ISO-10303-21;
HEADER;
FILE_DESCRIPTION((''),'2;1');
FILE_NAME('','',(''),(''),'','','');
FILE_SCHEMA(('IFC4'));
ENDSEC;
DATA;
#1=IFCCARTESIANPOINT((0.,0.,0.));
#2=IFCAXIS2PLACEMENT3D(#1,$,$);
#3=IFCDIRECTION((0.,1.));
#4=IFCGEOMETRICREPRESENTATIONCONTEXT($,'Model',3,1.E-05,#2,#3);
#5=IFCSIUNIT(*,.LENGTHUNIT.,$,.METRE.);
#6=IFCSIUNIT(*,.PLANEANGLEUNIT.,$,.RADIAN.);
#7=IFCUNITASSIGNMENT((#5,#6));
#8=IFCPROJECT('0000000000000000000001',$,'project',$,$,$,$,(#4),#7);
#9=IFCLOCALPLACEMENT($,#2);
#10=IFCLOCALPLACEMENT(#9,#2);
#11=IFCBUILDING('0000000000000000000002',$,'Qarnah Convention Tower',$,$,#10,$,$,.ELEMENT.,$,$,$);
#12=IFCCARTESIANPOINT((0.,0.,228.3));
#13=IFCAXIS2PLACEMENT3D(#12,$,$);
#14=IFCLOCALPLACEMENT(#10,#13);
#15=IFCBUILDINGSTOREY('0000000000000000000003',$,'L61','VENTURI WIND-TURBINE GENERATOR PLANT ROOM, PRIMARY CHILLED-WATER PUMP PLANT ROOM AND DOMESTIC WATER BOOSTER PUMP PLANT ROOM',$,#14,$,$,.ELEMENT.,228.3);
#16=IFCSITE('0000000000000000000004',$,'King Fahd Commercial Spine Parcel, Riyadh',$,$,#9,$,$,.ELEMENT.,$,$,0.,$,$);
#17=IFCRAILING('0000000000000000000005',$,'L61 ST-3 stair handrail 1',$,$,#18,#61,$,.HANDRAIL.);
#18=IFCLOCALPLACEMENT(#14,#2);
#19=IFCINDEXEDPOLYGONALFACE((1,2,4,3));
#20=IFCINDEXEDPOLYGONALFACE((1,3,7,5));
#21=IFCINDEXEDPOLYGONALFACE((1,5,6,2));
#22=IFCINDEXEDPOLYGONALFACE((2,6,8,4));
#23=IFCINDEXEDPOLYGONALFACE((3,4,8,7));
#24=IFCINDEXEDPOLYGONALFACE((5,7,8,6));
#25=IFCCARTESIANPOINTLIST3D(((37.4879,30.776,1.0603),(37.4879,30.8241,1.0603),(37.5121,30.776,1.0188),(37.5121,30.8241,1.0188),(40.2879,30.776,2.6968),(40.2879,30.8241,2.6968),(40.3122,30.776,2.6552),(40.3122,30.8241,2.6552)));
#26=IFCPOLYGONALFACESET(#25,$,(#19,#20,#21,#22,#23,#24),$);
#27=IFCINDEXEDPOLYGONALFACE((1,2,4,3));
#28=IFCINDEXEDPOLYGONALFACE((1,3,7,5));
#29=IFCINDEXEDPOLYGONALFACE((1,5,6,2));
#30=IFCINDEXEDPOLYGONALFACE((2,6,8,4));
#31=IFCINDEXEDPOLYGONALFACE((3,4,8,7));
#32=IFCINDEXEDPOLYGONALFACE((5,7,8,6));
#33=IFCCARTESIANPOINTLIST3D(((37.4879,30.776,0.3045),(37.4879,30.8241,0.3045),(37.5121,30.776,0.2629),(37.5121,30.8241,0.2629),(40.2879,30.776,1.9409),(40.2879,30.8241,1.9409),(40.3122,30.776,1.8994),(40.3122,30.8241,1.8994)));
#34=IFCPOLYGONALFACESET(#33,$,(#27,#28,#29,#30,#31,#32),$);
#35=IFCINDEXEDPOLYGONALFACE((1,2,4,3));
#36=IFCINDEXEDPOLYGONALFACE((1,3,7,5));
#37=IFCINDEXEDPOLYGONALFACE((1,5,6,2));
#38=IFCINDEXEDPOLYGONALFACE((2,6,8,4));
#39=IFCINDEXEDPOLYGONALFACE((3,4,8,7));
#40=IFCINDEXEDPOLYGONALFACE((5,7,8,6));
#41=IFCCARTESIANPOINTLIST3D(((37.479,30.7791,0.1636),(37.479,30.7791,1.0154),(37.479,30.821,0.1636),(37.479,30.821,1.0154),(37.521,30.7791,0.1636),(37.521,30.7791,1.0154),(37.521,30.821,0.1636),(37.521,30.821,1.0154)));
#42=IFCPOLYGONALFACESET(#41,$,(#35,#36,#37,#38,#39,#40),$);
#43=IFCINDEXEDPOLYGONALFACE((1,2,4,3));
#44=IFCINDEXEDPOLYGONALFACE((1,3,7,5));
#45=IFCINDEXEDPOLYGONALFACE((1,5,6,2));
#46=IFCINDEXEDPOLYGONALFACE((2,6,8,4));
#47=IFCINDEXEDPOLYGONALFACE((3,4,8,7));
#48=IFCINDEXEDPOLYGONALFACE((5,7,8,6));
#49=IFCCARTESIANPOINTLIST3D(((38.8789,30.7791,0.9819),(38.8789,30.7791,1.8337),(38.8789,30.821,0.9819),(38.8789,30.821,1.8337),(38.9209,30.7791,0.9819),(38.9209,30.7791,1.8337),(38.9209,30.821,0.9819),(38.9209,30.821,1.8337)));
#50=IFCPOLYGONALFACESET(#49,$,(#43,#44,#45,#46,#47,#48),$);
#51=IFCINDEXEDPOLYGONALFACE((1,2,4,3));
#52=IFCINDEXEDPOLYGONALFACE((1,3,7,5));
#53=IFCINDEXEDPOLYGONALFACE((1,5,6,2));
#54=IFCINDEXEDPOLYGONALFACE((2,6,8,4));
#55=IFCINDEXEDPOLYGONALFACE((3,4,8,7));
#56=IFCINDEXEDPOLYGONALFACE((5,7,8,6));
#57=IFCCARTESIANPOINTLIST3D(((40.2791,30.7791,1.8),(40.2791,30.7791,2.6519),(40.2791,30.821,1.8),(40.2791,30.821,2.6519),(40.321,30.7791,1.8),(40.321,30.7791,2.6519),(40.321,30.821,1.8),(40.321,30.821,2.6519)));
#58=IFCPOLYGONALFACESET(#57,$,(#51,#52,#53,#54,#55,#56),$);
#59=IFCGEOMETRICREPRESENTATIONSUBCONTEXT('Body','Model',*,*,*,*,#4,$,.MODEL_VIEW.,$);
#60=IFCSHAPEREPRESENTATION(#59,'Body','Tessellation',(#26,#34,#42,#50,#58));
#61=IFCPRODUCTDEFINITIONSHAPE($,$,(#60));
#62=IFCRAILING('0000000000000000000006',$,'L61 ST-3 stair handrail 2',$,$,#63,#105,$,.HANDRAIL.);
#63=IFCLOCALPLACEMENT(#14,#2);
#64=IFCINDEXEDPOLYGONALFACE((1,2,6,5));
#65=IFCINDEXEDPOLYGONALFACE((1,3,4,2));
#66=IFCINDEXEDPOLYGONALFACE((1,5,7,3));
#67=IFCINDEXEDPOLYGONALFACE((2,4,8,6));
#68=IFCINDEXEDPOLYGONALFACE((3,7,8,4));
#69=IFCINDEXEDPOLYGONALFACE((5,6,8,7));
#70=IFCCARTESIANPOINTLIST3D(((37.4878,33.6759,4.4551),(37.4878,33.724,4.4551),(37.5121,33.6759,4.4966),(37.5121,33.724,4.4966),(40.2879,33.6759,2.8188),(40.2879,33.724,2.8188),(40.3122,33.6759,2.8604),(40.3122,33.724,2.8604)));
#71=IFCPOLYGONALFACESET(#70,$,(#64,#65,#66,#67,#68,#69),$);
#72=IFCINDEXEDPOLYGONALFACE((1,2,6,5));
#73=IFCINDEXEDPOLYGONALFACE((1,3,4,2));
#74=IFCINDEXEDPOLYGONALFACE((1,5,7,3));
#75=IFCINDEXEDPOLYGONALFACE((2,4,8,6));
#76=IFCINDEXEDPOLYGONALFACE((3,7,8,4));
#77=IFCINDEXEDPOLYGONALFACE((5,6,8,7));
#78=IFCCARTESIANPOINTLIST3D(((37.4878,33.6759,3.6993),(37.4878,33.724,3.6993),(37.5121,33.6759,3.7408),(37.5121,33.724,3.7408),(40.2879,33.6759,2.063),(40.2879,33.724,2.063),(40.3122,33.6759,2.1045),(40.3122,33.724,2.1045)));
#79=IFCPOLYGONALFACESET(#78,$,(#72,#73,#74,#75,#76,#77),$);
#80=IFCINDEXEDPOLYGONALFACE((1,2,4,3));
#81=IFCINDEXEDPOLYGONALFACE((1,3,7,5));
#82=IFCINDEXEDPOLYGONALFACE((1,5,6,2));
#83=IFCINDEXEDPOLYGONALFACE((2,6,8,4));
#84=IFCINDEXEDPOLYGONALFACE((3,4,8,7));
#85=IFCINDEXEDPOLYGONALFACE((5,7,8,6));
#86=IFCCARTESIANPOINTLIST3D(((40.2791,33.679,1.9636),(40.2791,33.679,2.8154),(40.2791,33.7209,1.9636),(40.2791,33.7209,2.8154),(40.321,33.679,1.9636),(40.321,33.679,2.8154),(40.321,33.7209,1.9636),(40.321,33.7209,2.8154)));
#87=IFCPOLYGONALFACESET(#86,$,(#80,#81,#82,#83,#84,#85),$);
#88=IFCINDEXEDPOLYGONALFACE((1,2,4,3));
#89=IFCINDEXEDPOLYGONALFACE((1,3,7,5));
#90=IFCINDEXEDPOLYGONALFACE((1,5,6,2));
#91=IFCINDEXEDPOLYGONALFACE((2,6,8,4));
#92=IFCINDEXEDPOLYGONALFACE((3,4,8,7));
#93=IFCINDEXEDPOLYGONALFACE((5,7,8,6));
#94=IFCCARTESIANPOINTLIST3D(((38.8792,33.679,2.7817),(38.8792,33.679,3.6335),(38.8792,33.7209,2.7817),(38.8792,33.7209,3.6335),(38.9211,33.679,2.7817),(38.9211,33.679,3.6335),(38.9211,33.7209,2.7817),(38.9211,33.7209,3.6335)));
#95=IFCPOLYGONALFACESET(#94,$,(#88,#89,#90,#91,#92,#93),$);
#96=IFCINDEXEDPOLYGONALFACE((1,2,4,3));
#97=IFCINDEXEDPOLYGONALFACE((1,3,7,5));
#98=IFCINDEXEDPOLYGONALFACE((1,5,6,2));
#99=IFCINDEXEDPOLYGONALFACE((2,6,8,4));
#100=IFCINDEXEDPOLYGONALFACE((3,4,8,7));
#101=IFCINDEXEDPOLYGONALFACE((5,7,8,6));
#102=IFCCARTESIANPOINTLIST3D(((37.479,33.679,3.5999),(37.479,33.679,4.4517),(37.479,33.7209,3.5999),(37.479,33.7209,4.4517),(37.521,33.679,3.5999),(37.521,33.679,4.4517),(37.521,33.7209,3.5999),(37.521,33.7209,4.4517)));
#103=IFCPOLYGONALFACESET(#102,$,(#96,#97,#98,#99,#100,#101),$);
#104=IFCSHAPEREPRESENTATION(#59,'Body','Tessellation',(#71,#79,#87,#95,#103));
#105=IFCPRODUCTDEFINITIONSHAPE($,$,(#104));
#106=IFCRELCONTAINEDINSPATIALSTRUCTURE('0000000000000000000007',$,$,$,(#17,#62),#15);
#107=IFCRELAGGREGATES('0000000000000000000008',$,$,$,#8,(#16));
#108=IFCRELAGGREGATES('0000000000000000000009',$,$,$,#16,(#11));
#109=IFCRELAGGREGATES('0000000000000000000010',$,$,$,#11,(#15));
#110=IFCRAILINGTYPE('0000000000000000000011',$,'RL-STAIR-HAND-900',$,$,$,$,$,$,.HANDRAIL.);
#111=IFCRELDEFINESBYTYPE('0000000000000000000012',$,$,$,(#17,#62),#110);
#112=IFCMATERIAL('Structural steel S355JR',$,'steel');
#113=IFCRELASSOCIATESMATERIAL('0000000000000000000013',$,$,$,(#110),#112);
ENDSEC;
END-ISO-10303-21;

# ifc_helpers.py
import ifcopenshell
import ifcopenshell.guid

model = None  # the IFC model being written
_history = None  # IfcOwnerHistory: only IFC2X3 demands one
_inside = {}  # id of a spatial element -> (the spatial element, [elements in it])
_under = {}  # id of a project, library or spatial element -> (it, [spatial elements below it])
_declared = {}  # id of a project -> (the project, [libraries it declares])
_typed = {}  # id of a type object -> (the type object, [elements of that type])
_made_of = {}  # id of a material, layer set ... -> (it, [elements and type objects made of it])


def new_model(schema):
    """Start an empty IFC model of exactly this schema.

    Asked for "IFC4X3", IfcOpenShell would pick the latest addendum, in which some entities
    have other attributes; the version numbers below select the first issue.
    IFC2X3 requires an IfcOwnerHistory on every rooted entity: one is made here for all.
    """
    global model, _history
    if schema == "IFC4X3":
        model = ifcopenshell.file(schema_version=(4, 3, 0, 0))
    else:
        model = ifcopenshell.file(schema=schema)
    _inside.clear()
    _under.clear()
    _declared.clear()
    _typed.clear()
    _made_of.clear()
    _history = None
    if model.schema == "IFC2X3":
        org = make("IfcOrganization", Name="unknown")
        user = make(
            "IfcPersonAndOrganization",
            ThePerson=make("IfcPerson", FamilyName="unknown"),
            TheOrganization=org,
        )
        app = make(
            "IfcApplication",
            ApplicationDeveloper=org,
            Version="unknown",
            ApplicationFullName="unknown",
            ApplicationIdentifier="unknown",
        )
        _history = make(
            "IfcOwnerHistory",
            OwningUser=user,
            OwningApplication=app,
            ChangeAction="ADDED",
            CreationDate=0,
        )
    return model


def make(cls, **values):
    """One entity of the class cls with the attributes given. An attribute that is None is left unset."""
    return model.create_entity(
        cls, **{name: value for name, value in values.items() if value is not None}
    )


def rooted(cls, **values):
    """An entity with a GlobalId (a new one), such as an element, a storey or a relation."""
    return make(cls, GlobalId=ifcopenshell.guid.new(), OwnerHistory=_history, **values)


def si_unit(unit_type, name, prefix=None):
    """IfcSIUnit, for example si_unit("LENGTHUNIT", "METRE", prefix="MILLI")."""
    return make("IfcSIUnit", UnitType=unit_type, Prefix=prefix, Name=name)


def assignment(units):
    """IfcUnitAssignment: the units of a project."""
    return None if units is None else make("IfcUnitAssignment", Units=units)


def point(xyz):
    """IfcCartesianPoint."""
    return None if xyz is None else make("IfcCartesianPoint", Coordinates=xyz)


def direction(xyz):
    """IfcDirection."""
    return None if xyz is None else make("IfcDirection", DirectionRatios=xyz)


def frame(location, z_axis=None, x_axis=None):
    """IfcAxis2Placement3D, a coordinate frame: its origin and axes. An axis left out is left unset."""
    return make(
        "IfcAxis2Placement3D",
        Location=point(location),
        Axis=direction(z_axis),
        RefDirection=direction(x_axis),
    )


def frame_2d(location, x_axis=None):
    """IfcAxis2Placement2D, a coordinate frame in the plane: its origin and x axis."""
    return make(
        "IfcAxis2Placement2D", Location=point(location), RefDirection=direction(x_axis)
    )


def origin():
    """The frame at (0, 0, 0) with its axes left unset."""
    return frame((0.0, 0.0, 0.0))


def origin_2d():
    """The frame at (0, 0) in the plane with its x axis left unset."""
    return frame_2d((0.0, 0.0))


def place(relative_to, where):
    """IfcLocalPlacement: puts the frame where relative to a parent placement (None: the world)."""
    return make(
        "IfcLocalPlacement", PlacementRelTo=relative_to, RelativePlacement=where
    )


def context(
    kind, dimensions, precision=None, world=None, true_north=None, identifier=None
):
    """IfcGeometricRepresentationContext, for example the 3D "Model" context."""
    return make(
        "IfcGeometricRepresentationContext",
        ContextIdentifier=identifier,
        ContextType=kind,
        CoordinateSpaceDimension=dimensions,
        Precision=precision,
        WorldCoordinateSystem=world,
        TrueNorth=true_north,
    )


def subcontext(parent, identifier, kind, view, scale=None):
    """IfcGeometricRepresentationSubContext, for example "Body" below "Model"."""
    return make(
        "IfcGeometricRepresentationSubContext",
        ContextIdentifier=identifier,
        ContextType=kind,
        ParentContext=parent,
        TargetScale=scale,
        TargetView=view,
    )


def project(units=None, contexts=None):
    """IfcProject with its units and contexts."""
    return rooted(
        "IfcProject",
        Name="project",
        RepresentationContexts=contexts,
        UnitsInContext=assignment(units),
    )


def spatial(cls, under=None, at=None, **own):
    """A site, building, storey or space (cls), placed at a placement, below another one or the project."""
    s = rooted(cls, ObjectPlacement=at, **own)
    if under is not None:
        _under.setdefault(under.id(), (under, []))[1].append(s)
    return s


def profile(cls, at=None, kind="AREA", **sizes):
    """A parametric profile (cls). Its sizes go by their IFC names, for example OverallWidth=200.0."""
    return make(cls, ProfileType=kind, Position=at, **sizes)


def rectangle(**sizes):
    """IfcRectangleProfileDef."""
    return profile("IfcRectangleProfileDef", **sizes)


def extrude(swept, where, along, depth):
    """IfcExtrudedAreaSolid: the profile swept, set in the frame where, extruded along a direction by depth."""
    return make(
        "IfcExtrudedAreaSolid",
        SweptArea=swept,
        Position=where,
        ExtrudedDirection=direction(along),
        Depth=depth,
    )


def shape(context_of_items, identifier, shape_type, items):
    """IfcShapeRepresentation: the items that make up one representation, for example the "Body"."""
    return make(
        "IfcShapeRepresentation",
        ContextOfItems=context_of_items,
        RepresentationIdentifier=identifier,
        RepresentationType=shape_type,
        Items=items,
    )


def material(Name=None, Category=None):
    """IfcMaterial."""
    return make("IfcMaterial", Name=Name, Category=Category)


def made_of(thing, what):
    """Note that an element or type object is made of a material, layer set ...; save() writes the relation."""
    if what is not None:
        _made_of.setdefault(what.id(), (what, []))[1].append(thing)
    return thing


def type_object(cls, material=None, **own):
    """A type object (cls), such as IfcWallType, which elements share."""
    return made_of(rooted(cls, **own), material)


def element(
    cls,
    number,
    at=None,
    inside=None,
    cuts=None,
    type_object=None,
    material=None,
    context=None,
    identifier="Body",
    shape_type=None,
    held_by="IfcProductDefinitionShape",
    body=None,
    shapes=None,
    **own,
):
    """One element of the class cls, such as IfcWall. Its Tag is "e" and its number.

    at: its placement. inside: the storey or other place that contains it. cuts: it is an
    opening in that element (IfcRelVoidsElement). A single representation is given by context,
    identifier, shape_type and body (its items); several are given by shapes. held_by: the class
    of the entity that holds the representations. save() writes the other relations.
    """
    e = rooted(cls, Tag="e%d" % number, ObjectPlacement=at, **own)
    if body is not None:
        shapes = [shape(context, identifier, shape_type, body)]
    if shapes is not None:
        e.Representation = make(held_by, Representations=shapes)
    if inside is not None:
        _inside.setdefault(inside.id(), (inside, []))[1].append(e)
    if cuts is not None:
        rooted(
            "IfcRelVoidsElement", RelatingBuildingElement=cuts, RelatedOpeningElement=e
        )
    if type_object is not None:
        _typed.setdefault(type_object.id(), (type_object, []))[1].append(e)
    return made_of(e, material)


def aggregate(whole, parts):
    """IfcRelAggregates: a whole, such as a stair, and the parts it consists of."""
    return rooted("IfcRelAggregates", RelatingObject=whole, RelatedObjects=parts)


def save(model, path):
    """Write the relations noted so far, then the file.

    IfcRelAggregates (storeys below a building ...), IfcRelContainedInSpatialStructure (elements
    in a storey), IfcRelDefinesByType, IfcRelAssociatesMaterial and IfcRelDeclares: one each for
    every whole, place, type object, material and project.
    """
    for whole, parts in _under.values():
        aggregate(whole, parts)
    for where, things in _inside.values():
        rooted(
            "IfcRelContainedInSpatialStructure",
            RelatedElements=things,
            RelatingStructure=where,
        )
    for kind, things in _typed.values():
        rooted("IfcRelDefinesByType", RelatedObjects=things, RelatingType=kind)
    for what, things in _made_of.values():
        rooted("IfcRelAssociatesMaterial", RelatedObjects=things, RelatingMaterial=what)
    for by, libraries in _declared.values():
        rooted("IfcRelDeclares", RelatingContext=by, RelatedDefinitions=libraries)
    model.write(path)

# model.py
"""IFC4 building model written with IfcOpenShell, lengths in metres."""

from ifc_helpers import new_model, si_unit, direction, frame, origin, origin_2d, place, context, subcontext, project, spatial, rectangle, extrude, material, type_object, element, save


model = new_model("IFC4")

# Units and contexts
model_context = context("Model", 3, precision=1e-05, world=origin(), true_north=direction((0.0, 1.0)))
body_context = subcontext(model_context, "Body", "Model", "MODEL_VIEW")
ifc_project = project(units=[si_unit("LENGTHUNIT", "METRE"), si_unit("PLANEANGLEUNIT", "RADIAN")], contexts=[model_context])

# Site, building, storey
site_placement = place(None, origin())
site = spatial("IfcSite", under=ifc_project, at=site_placement, Name="King Fahd Commercial Spine Parcel, Riyadh", CompositionType="ELEMENT", RefElevation=0.0)
building_placement = place(site_placement, origin())
building = spatial("IfcBuilding", under=site, at=building_placement, Name="Qarnah Convention Tower", CompositionType="ELEMENT")
storey_placement = place(building_placement, frame((0.0, 0.0, 228.3)))
storey = spatial("IfcBuildingStorey", under=building, at=storey_placement, Name="L61", Description="VENTURI WIND-TURBINE GENERATOR PLANT ROOM, PRIMARY CHILLED-WATER PUMP PLANT ROOM AND DOMESTIC WATER BOOSTER PUMP PLANT ROOM", CompositionType="ELEMENT", Elevation=228.3)

# Shared definitions
ifc_material_1 = material(Name="Structural steel S355JR", Category="steel")

# Railings
railing_type_1 = type_object("IfcRailingType", Name="RL-STAIR-HAND-900", PredefinedType="HANDRAIL", material=ifc_material_1)
railing_1_placement = place(storey_placement, frame((37.5, 30.8, 0.1636)))
element("IfcRailing", 1, at=railing_1_placement, inside=storey, type_object=railing_type_1, Name="L61 ST-3 stair handrail 1", PredefinedType="HANDRAIL", context=body_context, shape_type="SweptSolid", body=[
    extrude(rectangle(XDim=0.0481, YDim=0.0481, at=origin_2d()), frame((0.0, 0.0, 0.876), z_axis=(0.863361, 0.0, 0.504587), x_axis=(0.0, 1.0, 0.0)), (0.0, 0.0, 1.0), 3.2432),
    extrude(rectangle(XDim=0.0481, YDim=0.0481, at=origin_2d()), frame((0.0, 0.0, 0.1201), z_axis=(0.863361, 0.0, 0.504587), x_axis=(0.0, 1.0, 0.0)), (0.0, 0.0, 1.0), 3.2432),
    extrude(rectangle(XDim=0.042, YDim=0.042, at=origin_2d()), origin(), (0.0, 0.0, 1.0), 0.8518),
    extrude(rectangle(XDim=0.042, YDim=0.042, at=origin_2d()), frame((1.3999, 0.0, 0.8184)), (0.0, 0.0, 1.0), 0.8518),
    extrude(rectangle(XDim=0.042, YDim=0.042, at=origin_2d()), frame((2.8, 0.0, 1.6365)), (0.0, 0.0, 1.0), 0.8518),
])
railing_2_placement = place(storey_placement, frame((40.3, 33.7, 1.9636)))
element("IfcRailing", 2, at=railing_2_placement, inside=storey, type_object=railing_type_1, Name="L61 ST-3 stair handrail 2", PredefinedType="HANDRAIL", context=body_context, shape_type="SweptSolid", body=[
    extrude(rectangle(XDim=0.0481, YDim=0.0481, at=origin_2d()), frame((0.0, 0.0, 0.876), z_axis=(-0.863394, 0.0, 0.504531), x_axis=(0.0, -1.0, 0.0)), (0.0, 0.0, 1.0), 3.2432),
    extrude(rectangle(XDim=0.0481, YDim=0.0481, at=origin_2d()), frame((0.0, 0.0, 0.1201), z_axis=(-0.863394, 0.0, 0.504531), x_axis=(0.0, -1.0, 0.0)), (0.0, 0.0, 1.0), 3.2432),
    extrude(rectangle(XDim=0.042, YDim=0.042, at=origin_2d()), origin(), (0.0, 0.0, 1.0), 0.8518),
    extrude(rectangle(XDim=0.042, YDim=0.042, at=origin_2d()), frame((-1.3999, 0.0, 0.8181)), (0.0, 0.0, 1.0), 0.8518),
    extrude(rectangle(XDim=0.042, YDim=0.042, at=origin_2d()), frame((-2.8, 0.0, 1.6362)), (0.0, 0.0, 1.0), 0.8518),
])

save(model, "model.ifc")
